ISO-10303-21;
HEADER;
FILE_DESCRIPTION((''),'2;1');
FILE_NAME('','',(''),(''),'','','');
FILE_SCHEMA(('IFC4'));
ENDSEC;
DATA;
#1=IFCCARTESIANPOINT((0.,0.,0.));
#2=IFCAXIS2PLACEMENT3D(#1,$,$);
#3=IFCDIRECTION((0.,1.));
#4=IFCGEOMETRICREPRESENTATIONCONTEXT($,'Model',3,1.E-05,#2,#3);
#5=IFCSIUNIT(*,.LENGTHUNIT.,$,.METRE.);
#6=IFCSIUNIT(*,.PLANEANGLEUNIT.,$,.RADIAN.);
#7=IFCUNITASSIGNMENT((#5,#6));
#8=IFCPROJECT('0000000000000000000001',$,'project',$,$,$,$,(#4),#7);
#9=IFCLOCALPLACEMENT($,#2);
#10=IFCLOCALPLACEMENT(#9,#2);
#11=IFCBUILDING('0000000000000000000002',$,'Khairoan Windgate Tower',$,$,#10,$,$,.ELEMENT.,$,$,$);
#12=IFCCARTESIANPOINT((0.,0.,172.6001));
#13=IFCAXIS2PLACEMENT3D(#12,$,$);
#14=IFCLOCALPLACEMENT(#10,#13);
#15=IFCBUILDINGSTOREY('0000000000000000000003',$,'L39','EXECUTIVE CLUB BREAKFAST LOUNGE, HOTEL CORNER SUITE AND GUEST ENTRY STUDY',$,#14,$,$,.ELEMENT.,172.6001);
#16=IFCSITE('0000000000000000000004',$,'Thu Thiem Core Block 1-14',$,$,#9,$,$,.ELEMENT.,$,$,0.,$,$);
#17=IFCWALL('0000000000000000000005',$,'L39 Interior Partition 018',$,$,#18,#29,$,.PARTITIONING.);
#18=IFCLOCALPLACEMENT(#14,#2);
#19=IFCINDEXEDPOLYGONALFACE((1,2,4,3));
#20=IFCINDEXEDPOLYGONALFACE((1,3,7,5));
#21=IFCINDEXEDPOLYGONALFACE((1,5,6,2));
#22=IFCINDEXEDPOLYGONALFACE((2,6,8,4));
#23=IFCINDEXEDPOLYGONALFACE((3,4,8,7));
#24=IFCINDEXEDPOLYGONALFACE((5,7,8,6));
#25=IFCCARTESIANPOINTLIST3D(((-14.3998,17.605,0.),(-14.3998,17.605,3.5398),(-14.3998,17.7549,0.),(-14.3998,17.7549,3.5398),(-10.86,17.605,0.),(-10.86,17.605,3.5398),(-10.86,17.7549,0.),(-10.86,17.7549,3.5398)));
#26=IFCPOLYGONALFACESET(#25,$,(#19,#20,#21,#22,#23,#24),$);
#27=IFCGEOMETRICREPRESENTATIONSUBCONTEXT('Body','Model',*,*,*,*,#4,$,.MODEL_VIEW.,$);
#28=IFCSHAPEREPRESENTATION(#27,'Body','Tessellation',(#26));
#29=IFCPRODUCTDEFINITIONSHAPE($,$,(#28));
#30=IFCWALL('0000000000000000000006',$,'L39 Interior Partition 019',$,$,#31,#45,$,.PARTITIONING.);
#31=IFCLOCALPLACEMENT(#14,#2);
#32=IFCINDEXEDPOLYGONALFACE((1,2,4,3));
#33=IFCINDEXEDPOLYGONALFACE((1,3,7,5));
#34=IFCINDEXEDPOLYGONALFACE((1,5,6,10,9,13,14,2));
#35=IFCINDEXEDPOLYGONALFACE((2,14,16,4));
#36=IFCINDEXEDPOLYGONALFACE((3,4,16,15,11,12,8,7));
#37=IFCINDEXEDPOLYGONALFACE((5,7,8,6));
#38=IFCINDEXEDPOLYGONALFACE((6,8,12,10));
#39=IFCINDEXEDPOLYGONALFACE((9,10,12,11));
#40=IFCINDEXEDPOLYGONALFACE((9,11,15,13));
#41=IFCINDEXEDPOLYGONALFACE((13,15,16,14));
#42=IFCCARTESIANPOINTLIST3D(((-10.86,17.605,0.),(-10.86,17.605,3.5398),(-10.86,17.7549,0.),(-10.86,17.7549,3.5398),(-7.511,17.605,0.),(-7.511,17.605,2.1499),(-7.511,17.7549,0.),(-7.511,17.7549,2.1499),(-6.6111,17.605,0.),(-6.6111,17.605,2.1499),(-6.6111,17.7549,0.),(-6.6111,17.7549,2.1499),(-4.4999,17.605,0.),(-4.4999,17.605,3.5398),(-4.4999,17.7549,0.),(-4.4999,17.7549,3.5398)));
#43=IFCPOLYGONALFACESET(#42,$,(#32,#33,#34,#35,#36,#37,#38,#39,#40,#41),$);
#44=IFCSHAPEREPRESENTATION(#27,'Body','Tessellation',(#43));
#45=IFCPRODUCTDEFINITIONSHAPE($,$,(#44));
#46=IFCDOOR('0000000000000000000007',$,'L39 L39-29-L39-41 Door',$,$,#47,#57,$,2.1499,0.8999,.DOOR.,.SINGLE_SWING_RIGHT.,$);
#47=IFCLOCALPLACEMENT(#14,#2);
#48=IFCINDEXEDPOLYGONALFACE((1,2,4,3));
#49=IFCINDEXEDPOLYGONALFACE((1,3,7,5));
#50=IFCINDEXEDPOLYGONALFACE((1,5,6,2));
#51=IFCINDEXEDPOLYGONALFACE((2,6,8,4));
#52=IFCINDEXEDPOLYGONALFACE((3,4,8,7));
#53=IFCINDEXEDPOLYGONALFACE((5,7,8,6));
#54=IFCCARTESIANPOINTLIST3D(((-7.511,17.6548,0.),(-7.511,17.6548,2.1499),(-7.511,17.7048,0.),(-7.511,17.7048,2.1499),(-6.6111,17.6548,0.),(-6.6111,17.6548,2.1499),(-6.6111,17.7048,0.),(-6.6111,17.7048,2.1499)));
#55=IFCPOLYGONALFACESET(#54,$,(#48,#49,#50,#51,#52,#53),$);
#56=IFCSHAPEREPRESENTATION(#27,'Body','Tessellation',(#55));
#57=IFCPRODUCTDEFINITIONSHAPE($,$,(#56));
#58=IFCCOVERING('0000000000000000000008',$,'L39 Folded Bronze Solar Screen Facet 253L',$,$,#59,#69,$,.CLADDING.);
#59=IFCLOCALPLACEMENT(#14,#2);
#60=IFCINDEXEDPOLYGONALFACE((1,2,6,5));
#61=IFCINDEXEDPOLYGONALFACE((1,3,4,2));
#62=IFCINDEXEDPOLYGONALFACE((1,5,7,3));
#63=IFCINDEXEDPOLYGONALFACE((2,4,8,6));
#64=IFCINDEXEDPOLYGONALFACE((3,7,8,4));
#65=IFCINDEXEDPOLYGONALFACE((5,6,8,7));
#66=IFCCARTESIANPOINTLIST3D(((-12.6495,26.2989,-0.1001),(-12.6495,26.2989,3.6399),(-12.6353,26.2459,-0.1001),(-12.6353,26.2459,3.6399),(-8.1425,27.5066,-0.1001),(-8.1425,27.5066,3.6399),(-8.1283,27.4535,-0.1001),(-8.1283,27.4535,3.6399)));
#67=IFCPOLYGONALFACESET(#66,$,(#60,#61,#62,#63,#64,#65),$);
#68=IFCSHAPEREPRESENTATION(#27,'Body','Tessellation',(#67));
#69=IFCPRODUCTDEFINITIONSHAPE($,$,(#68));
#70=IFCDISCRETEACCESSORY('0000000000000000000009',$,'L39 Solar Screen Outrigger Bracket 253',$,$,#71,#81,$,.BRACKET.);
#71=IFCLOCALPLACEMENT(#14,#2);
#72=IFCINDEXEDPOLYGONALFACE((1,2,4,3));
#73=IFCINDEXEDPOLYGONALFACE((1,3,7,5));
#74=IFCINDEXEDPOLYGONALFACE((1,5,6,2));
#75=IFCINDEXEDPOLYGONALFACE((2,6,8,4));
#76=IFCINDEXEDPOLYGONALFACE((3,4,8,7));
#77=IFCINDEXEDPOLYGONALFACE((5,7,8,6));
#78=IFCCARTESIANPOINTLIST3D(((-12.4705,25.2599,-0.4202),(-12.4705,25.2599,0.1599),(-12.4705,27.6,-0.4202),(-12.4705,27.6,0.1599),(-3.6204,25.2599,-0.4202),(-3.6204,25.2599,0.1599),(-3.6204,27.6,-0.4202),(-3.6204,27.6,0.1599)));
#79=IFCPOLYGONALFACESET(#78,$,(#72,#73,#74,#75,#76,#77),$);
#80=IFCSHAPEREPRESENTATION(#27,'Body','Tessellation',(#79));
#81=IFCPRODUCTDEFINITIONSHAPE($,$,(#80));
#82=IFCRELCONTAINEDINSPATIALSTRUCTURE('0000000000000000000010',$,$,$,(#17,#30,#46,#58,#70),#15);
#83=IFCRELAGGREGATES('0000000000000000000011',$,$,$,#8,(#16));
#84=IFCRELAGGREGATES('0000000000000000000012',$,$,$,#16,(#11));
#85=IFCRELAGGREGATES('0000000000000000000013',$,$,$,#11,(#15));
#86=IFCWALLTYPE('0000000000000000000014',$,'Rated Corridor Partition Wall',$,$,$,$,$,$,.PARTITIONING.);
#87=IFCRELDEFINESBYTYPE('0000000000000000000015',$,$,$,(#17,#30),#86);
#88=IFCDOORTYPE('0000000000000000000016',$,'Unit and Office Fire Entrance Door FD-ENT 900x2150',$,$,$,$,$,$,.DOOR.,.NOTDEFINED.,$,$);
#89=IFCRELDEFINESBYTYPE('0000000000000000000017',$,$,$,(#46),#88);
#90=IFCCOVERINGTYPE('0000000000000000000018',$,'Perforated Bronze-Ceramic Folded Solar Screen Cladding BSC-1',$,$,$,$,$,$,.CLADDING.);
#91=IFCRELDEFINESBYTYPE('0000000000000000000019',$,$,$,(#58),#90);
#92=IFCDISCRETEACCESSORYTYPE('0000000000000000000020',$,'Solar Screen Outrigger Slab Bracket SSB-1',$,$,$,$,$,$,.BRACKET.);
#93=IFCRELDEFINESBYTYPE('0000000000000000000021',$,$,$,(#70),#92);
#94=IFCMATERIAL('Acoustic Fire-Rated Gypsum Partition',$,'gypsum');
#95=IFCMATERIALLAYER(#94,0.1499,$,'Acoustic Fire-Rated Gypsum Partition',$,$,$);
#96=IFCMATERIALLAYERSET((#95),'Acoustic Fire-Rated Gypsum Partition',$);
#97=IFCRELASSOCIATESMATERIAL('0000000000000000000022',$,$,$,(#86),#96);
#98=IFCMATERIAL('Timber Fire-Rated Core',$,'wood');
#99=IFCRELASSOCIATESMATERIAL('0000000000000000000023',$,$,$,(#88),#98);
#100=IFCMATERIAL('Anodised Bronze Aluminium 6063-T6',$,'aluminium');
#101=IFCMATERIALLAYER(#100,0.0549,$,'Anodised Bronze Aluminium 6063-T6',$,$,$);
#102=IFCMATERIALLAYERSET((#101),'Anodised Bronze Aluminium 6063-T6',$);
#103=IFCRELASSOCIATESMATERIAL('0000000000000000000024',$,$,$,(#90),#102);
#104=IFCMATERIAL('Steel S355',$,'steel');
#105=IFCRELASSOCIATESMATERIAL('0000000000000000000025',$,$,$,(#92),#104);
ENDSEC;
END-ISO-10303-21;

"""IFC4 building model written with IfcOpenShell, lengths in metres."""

from ifc_helpers import new_model, si_unit, direction, frame, frame_2d, origin, origin_2d, place, context, subcontext, project, spatial, rectangle, extrude, material, layer, layer_set, type_object, element, fill, save


model = new_model("IFC4")

# Units and contexts
model_context = context("Model", 3, precision=1e-05, world=origin(), true_north=direction((0.0, 1.0)))
body_context = subcontext(model_context, "Body", "Model", "MODEL_VIEW")
ifc_project = project(units=[si_unit("LENGTHUNIT", "METRE"), si_unit("PLANEANGLEUNIT", "RADIAN")], contexts=[model_context])

# Site, building, storey
site_placement = place(None, origin())
site = spatial("IfcSite", under=ifc_project, at=site_placement, Name="Thu Thiem Core Block 1-14", CompositionType="ELEMENT", RefElevation=0.0)
building_placement = place(site_placement, origin())
building = spatial("IfcBuilding", under=site, at=building_placement, Name="Khairoan Windgate Tower", CompositionType="ELEMENT")
storey_placement = place(building_placement, frame((0.0, 0.0, 172.6001)))
storey = spatial("IfcBuildingStorey", under=building, at=storey_placement, Name="L39", Description="EXECUTIVE CLUB BREAKFAST LOUNGE, HOTEL CORNER SUITE AND GUEST ENTRY STUDY", CompositionType="ELEMENT", Elevation=172.6001)

# Shared definitions
ifc_material_1 = material(Name="Acoustic Fire-Rated Gypsum Partition", Category="gypsum")
ifc_layer_1 = layer(ifc_material_1, 0.1499, Name="Acoustic Fire-Rated Gypsum Partition")
ifc_layer_set_1 = layer_set([ifc_layer_1], Name="Acoustic Fire-Rated Gypsum Partition")
wall_type_1 = type_object("IfcWallType", Name="Rated Corridor Partition Wall", PredefinedType="PARTITIONING", material=ifc_layer_set_1)
ifc_material_2 = material(Name="Timber Fire-Rated Core", Category="wood")
door_type_1 = type_object("IfcDoorType", Name="Unit and Office Fire Entrance Door FD-ENT 900x2150", OperationType="NOTDEFINED", PredefinedType="DOOR", material=ifc_material_2)

# Wall
wall_1_placement = place(storey_placement, frame((-14.3999, 17.6799, 0.0), z_axis=(0.0, 0.0, 1.0), x_axis=(1.0, 0.0, 0.0)))
element("IfcWall", 1, at=wall_1_placement, inside=storey, type_object=wall_type_1, Name="L39 Interior Partition 018", PredefinedType="PARTITIONING", context=body_context, shape_type="SweptSolid", body=[
    extrude(rectangle(XDim=3.5398, YDim=0.1499, at=frame_2d((1.77, 0.0))), origin(), (0.0, 0.0, 1.0), 3.5398),
])

# Wall, opening, door
wall_2_placement = place(storey_placement, frame((-10.8601, 17.6799, 0.0), z_axis=(0.0, 0.0, 1.0), x_axis=(1.0, 0.0, 0.0)))
wall_2 = element("IfcWall", 2, at=wall_2_placement, inside=storey, type_object=wall_type_1, Name="L39 Interior Partition 019", PredefinedType="PARTITIONING", context=body_context, shape_type="SweptSolid", body=[
    extrude(rectangle(XDim=6.3601, YDim=0.1499, at=frame_2d((3.1802, 0.0))), origin(), (0.0, 0.0, 1.0), 3.5398),
])
opening_1_placement = place(wall_2_placement, frame((3.3491, 0.0, 0.0)))
opening_1 = element("IfcOpeningElement", 3, at=opening_1_placement, cuts=wall_2, PredefinedType="OPENING", context=body_context, shape_type="SweptSolid", body=[
    extrude(rectangle(XDim=0.8999, YDim=2.1499, at=frame_2d((0.45, 1.075))), frame((0.0, 0.085, 0.0), z_axis=(0.0, -1.0, 0.0), x_axis=(1.0, 0.0, 0.0)), (0.0, 0.0, 1.0), 0.1699),
])
door_1_placement = place(opening_1_placement, origin())
door_1 = element("IfcDoor", 4, at=door_1_placement, inside=storey, type_object=door_type_1, Name="L39 L39-29-L39-41 Door", OperationType="SINGLE_SWING_RIGHT", OverallHeight=2.1499, OverallWidth=0.8999, PredefinedType="DOOR", context=body_context, shape_type="SweptSolid", body=[
    extrude(rectangle(XDim=0.8999, YDim=2.1499, at=frame_2d((0.45, 1.075))), frame((0.0, 0.0249, 0.0), z_axis=(0.0, -1.0, 0.0), x_axis=(1.0, 0.0, 0.0)), (0.0, 0.0, 1.0), 0.05),
])
fill(opening_1, door_1)

# Covering
ifc_material_3 = material(Name="Anodised Bronze Aluminium 6063-T6", Category="aluminium")
ifc_layer_2 = layer(ifc_material_3, 0.0549, Name="Anodised Bronze Aluminium 6063-T6")
ifc_layer_set_2 = layer_set([ifc_layer_2], Name="Anodised Bronze Aluminium 6063-T6")
covering_type = type_object("IfcCoveringType", Name="Perforated Bronze-Ceramic Folded Solar Screen Cladding BSC-1", PredefinedType="CLADDING", material=ifc_layer_set_2)
covering_placement = place(storey_placement, frame((-10.3889, 26.8762, -0.1001), z_axis=(0.0, 0.0, 1.0), x_axis=(0.965926, 0.258819, 0.0)))
element("IfcCovering", 5, at=covering_placement, inside=storey, type_object=covering_type, Name="L39 Folded Bronze Solar Screen Facet 253L", PredefinedType="CLADDING", context=body_context, shape_type="SweptSolid", body=[
    extrude(rectangle(XDim=4.666, YDim=0.0549, at=origin_2d()), origin(), (0.0, 0.0, 1.0), 3.74),
])

# Discrete accessory
ifc_material_4 = material(Name="Steel S355", Category="steel")
discrete_accessory_type = type_object("IfcDiscreteAccessoryType", Name="Solar Screen Outrigger Slab Bracket SSB-1", PredefinedType="BRACKET", material=ifc_material_4)
discrete_accessory_placement = place(storey_placement, frame((-8.0454, 26.4299, -0.4202), z_axis=(0.0, 0.0, 1.0), x_axis=(1.0, 0.0, 0.0)))
element("IfcDiscreteAccessory", 6, at=discrete_accessory_placement, inside=storey, type_object=discrete_accessory_type, Name="L39 Solar Screen Outrigger Bracket 253", PredefinedType="BRACKET", context=body_context, shape_type="SweptSolid", body=[
    extrude(rectangle(XDim=8.8501, YDim=2.3401, at=origin_2d()), origin(), (0.0, 0.0, 1.0), 0.5801),
])

save(model, "model.ifc")
